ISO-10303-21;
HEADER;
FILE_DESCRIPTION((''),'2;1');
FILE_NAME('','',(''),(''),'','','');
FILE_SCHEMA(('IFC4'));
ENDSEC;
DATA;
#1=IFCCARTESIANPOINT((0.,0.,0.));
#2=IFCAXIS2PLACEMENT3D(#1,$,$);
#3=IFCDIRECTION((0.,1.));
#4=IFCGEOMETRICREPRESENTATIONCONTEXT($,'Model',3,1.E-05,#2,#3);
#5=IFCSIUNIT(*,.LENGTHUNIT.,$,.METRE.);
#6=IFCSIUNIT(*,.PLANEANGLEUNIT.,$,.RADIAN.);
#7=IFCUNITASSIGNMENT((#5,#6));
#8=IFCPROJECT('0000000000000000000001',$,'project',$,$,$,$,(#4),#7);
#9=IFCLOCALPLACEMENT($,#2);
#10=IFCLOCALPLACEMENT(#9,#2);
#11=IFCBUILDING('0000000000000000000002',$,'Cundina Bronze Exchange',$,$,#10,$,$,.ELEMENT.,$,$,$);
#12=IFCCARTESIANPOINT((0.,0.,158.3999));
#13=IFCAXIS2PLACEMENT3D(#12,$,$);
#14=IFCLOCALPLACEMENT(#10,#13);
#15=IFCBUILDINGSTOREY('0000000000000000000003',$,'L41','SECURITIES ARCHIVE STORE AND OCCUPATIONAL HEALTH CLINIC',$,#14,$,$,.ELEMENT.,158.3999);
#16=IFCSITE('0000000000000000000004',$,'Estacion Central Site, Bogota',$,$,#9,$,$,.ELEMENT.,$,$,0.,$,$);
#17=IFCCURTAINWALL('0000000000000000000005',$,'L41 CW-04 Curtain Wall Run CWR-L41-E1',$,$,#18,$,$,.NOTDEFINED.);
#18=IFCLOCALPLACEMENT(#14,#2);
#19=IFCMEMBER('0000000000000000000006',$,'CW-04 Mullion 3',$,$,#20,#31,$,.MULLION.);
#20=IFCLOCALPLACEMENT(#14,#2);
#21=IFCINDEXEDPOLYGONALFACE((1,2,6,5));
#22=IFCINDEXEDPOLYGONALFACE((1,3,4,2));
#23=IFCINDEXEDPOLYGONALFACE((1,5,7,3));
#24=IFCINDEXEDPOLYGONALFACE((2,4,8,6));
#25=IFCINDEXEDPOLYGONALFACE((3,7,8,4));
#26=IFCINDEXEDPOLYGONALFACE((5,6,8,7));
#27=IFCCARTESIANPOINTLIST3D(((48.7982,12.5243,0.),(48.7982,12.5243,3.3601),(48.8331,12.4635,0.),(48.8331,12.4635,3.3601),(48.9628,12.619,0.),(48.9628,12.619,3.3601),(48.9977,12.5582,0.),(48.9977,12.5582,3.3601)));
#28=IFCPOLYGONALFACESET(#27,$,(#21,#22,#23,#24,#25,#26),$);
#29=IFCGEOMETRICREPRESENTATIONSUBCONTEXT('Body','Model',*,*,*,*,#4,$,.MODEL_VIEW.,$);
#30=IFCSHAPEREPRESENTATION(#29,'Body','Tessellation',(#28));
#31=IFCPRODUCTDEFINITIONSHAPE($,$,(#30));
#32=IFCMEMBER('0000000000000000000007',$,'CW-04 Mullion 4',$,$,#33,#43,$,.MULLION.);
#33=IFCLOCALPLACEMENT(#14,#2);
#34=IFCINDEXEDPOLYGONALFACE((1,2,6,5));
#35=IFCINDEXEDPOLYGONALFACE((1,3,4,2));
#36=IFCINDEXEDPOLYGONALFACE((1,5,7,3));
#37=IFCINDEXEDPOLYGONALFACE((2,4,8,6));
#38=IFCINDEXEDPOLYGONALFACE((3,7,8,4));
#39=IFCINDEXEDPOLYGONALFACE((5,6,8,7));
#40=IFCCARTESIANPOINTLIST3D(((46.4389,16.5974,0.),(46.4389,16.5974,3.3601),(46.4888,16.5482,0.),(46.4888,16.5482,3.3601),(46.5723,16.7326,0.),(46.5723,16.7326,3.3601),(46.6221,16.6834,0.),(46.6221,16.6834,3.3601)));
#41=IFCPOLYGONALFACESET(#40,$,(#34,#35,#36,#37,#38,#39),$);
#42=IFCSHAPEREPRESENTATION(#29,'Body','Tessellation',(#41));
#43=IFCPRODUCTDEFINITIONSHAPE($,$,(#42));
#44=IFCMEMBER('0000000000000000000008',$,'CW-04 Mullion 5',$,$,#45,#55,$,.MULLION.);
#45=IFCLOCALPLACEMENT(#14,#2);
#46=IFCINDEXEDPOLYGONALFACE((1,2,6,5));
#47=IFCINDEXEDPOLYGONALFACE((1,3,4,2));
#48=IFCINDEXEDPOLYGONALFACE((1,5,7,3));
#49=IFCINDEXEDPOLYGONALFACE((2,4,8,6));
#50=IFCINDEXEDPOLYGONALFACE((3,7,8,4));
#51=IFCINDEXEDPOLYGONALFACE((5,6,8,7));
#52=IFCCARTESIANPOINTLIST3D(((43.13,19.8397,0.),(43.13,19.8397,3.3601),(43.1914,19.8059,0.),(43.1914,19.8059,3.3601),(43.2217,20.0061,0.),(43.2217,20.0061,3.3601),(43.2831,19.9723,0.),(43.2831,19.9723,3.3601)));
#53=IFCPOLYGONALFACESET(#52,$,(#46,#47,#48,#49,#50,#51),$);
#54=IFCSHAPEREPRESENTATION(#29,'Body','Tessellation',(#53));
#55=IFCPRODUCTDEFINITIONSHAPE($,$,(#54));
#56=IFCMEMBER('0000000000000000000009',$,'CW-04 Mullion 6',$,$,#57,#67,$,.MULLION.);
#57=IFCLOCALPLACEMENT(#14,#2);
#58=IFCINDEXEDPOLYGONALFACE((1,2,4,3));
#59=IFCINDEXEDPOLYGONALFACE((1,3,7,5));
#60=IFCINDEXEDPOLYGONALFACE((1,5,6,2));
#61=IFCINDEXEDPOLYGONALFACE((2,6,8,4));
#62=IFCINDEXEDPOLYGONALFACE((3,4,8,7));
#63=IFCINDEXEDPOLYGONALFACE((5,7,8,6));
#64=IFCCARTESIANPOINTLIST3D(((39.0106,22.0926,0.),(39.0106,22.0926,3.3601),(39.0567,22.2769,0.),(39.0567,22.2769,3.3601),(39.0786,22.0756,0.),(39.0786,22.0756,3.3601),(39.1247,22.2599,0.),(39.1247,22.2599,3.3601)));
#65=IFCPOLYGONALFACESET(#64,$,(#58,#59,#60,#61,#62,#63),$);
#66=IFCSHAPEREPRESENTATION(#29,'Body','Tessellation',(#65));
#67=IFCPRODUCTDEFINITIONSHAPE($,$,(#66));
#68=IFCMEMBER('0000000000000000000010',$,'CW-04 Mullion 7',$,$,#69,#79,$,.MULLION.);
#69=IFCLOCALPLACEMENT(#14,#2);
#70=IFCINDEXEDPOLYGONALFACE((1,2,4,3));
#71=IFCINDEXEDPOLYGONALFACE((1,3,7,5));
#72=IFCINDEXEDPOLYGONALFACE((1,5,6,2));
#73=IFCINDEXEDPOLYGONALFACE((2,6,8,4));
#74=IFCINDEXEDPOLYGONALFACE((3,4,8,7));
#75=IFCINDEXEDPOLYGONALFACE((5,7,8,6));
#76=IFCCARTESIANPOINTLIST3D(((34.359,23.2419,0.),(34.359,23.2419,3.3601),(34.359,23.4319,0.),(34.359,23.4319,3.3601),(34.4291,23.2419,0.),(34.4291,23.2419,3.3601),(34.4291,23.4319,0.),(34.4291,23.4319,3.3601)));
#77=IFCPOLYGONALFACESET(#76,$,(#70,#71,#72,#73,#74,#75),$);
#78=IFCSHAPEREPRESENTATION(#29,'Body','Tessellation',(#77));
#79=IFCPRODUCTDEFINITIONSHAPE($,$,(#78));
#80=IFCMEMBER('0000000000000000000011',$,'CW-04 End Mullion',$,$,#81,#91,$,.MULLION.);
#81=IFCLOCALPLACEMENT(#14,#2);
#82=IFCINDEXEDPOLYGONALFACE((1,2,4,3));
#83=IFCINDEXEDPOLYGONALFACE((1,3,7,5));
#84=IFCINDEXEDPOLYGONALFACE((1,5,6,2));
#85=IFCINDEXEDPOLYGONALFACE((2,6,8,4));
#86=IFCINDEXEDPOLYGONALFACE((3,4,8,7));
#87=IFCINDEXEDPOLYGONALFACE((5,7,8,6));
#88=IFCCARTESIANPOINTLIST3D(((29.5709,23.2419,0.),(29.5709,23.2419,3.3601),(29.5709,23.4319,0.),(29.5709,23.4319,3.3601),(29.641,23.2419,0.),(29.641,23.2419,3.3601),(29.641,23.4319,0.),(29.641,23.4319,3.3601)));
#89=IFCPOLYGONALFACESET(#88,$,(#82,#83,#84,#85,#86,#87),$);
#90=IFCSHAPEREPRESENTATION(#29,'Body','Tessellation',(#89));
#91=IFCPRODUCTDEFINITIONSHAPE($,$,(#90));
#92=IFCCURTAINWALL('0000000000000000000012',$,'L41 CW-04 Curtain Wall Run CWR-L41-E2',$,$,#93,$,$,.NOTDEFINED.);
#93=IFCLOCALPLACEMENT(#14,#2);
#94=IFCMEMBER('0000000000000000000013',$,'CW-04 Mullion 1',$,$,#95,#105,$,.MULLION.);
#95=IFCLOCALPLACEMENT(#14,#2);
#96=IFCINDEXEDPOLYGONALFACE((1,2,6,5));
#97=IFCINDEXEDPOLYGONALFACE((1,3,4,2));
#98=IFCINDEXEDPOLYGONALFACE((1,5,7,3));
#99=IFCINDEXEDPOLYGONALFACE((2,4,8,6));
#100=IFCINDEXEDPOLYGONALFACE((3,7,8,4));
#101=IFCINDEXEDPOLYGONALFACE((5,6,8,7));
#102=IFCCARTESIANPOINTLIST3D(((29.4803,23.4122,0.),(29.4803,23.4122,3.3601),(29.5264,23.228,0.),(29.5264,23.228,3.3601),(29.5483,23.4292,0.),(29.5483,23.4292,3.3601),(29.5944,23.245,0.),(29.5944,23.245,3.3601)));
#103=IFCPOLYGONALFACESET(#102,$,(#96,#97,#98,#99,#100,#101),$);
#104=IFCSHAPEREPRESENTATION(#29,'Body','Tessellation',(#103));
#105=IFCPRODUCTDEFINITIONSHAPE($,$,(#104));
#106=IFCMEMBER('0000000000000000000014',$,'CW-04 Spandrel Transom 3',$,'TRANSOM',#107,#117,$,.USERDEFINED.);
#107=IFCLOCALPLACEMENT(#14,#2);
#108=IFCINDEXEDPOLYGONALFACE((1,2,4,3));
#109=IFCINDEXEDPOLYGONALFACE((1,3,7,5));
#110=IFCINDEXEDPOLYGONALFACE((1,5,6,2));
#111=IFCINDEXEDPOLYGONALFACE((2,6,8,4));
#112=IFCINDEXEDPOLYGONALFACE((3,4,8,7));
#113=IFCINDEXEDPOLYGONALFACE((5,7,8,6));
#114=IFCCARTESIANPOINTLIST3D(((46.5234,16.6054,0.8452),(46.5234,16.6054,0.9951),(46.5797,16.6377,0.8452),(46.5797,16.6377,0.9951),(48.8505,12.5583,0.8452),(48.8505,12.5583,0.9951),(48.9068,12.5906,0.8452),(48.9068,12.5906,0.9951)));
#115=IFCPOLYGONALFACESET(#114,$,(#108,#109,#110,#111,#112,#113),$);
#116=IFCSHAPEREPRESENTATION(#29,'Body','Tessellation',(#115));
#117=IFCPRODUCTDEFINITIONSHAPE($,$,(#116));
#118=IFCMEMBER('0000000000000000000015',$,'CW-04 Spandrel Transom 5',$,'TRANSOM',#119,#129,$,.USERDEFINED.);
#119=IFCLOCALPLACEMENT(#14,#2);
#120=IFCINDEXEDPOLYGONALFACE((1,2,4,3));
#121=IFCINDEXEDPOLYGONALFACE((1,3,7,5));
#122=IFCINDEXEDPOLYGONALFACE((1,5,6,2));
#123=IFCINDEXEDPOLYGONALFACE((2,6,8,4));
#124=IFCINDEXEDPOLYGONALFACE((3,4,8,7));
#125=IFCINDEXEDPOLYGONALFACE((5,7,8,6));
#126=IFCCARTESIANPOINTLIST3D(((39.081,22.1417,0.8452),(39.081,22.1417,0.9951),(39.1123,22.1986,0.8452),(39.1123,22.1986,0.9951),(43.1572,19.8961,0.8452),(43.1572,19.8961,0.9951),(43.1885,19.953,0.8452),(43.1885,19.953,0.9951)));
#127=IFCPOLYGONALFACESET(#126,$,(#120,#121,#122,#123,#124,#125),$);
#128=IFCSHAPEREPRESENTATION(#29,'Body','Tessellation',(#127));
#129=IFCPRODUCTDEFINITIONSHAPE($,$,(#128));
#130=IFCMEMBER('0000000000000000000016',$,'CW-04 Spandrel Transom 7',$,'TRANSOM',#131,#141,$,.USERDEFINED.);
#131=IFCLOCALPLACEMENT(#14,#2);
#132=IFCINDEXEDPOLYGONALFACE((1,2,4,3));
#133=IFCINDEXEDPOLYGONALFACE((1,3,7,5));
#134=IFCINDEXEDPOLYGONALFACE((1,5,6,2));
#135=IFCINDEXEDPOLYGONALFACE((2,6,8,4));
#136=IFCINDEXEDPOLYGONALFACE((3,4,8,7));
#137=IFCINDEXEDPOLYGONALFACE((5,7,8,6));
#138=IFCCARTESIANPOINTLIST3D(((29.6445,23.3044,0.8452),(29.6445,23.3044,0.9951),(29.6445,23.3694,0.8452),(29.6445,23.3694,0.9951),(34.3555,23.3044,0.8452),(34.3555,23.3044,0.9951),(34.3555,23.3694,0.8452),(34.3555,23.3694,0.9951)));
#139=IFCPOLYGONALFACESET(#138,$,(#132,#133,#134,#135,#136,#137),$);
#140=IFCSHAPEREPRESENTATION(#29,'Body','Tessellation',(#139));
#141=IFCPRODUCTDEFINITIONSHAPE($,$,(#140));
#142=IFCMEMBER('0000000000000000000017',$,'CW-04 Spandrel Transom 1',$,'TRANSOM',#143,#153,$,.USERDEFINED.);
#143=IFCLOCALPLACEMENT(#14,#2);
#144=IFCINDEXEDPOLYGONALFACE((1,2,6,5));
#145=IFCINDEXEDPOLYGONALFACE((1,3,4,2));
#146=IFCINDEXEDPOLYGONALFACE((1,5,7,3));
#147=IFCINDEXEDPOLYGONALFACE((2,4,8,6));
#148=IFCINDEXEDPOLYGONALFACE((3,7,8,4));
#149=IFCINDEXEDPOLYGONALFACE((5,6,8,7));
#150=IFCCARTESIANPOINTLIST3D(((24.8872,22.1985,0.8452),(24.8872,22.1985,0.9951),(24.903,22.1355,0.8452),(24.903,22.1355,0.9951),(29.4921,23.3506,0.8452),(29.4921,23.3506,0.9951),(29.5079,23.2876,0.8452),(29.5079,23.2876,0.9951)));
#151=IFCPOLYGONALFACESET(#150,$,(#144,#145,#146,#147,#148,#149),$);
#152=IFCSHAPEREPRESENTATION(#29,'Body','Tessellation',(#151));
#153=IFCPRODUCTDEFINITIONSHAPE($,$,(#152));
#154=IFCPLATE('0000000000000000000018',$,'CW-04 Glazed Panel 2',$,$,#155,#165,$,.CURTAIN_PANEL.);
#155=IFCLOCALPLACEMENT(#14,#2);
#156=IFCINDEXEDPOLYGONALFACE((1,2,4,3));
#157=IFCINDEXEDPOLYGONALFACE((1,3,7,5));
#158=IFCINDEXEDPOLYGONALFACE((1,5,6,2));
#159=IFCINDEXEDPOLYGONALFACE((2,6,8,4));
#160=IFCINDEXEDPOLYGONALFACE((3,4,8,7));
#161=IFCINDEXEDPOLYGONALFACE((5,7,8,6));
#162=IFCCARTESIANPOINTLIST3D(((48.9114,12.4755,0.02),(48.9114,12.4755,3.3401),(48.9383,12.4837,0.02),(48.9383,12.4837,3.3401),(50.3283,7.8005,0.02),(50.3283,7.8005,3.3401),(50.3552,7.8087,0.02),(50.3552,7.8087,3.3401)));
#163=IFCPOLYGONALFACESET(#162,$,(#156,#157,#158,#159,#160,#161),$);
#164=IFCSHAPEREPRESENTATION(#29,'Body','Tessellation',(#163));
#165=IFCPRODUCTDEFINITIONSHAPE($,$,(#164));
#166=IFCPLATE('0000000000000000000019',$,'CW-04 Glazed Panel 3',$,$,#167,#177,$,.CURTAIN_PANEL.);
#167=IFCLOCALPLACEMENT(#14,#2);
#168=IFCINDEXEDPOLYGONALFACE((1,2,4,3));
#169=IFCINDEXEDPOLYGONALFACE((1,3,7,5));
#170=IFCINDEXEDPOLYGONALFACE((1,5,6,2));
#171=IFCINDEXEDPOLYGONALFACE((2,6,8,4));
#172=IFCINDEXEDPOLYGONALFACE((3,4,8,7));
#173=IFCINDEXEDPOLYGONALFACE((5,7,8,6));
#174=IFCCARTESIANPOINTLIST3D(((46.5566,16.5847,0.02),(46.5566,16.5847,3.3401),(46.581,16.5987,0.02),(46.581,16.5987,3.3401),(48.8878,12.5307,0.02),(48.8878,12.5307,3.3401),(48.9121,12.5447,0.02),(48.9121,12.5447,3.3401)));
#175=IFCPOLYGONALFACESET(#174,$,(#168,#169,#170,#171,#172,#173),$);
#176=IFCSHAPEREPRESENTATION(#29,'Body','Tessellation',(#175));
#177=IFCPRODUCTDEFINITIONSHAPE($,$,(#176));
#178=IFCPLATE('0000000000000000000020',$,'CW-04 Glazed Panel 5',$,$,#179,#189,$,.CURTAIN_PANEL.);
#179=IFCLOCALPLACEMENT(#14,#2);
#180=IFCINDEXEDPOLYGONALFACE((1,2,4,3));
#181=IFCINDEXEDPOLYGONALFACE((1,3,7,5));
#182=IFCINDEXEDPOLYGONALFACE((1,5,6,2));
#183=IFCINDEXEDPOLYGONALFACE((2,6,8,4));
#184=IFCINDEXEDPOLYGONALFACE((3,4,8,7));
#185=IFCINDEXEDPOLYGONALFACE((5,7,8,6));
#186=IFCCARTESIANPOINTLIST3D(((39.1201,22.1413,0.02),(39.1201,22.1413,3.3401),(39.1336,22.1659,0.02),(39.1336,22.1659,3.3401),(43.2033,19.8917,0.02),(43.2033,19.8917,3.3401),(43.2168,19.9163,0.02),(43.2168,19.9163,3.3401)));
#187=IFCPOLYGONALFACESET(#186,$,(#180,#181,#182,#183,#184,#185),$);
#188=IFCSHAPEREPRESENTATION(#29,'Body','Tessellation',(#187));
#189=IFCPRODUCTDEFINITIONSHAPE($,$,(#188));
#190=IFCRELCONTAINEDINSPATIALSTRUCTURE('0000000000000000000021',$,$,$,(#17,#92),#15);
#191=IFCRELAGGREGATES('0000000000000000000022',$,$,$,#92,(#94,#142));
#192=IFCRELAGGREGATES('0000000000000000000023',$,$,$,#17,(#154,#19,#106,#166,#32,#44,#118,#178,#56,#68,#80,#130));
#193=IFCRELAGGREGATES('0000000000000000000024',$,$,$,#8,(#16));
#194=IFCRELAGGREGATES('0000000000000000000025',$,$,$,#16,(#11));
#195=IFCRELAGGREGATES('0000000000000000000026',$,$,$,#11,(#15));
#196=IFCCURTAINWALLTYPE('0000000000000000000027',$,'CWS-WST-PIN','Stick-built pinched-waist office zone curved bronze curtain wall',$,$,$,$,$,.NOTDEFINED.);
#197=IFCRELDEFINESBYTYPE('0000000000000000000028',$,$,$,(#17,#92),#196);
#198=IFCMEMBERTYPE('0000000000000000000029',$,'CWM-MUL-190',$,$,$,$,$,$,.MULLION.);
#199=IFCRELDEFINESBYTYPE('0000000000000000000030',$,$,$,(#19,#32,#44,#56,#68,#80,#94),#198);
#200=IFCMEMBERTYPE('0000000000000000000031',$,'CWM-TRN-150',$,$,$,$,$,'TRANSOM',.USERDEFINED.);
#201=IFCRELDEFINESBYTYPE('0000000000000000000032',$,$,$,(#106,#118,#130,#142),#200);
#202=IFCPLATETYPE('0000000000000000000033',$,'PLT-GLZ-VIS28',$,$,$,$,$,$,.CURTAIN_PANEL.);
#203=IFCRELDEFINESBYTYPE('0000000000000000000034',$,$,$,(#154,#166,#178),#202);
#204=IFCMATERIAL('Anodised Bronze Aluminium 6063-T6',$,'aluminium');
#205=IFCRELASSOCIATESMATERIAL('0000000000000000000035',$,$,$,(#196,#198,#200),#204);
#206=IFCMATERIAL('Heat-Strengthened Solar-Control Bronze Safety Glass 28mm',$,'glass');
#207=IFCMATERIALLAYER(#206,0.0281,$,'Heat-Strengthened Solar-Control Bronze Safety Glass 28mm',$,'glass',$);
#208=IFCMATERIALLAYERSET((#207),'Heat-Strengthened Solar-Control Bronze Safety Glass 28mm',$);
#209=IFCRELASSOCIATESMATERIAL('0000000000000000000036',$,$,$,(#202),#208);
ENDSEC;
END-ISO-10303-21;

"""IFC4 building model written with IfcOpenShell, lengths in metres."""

from ifc_helpers import new_model, si_unit, direction, frame, origin, origin_2d, place, context, subcontext, project, spatial, rectangle, extrude, material, layer, layer_set, material_profile, profile_set, type_object, element, aggregate, save


model = new_model("IFC4")

# Units and contexts
model_context = context("Model", 3, precision=1e-05, world=origin(), true_north=direction((0.0, 1.0)))
body_context = subcontext(model_context, "Body", "Model", "MODEL_VIEW")
ifc_project = project(units=[si_unit("LENGTHUNIT", "METRE"), si_unit("PLANEANGLEUNIT", "RADIAN")], contexts=[model_context])

# Site, building, storey
site_placement = place(None, origin())
site = spatial("IfcSite", under=ifc_project, at=site_placement, Name="Estacion Central Site, Bogota", CompositionType="ELEMENT", RefElevation=0.0)
building_placement = place(site_placement, origin())
building = spatial("IfcBuilding", under=site, at=building_placement, Name="Cundina Bronze Exchange", CompositionType="ELEMENT")
storey_placement = place(building_placement, frame((0.0, 0.0, 158.3999)))
storey = spatial("IfcBuildingStorey", under=building, at=storey_placement, Name="L41", Description="SECURITIES ARCHIVE STORE AND OCCUPATIONAL HEALTH CLINIC", CompositionType="ELEMENT", Elevation=158.3999)

# Curtain wall, members
ifc_material_1 = material(Name="Anodised Bronze Aluminium 6063-T6", Category="aluminium")
curtain_wall_type = type_object("IfcCurtainWallType", Name="CWS-WST-PIN", Description="Stick-built pinched-waist office zone curved bronze curtain wall", PredefinedType="NOTDEFINED", material=ifc_material_1)
curtain_wall_1_placement = place(storey_placement, origin())
curtain_wall_1 = element("IfcCurtainWall", 1, at=curtain_wall_1_placement, inside=storey, type_object=curtain_wall_type, Name="L41 CW-04 Curtain Wall Run CWR-L41-E1", PredefinedType="NOTDEFINED")
ifc_material_profile_1 = material_profile(ifc_material_1, rectangle(XDim=0.0701, YDim=0.1899, at=origin_2d()), Name="AL70X190", Category="aluminium")
ifc_profile_set_1 = profile_set([ifc_material_profile_1], Name="Anodised Bronze Aluminium 6063-T6")
member_type_1 = type_object("IfcMemberType", Name="CWM-MUL-190", PredefinedType="MULLION", material=ifc_profile_set_1)
member_1_placement = place(storey_placement, frame((48.8979, 12.5413, 0.0), z_axis=(0.0, 0.0, 1.0), x_axis=(-0.498488, 0.866897, 0.0)))
member_1 = element("IfcMember", 2, at=member_1_placement, type_object=member_type_1, Name="CW-04 Mullion 3", PredefinedType="MULLION", context=body_context, shape_type="SweptSolid", body=[
    extrude(rectangle(XDim=0.0701, YDim=0.1899, at=origin_2d()), origin(), (0.0, 0.0, 1.0), 3.3601),
])
member_2_placement = place(storey_placement, frame((46.5305, 16.6404, 0.0), z_axis=(0.0, 0.0, 1.0), x_axis=(-0.712026, 0.702153, 0.0)))
member_2 = element("IfcMember", 3, at=member_2_placement, type_object=member_type_1, Name="CW-04 Mullion 4", PredefinedType="MULLION", context=body_context, shape_type="SweptSolid", body=[
    extrude(rectangle(XDim=0.0701, YDim=0.1899, at=origin_2d()), origin(), (0.0, 0.0, 1.0), 3.3601),
])
member_3_placement = place(storey_placement, frame((43.2065, 19.906, 0.0), z_axis=(0.0, 0.0, 1.0), x_axis=(-0.875886, 0.482518, 0.0)))
member_3 = element("IfcMember", 4, at=member_3_placement, type_object=member_type_1, Name="CW-04 Mullion 5", PredefinedType="MULLION", context=body_context, shape_type="SweptSolid", body=[
    extrude(rectangle(XDim=0.0701, YDim=0.1899, at=origin_2d()), origin(), (0.0, 0.0, 1.0), 3.3601),
])
member_4_placement = place(storey_placement, frame((39.0676, 22.1763, 0.0), z_axis=(0.0, 0.0, 1.0), x_axis=(-0.970084, 0.242769, 0.0)))
member_4 = element("IfcMember", 5, at=member_4_placement, type_object=member_type_1, Name="CW-04 Mullion 6", PredefinedType="MULLION", context=body_context, shape_type="SweptSolid", body=[
    extrude(rectangle(XDim=0.0701, YDim=0.1899, at=origin_2d()), origin(), (0.0, 0.0, 1.0), 3.3601),
])
member_5_placement = place(storey_placement, frame((34.394, 23.3369, 0.0), z_axis=(0.0, 0.0, 1.0), x_axis=(-1.0, 0.0, 0.0)))
member_5 = element("IfcMember", 6, at=member_5_placement, type_object=member_type_1, Name="CW-04 Mullion 7", PredefinedType="MULLION", context=body_context, shape_type="SweptSolid", body=[
    extrude(rectangle(XDim=0.0701, YDim=0.1899, at=origin_2d()), origin(), (0.0, 0.0, 1.0), 3.3601),
])
member_6_placement = place(storey_placement, frame((29.606, 23.3369, 0.0), z_axis=(0.0, 0.0, 1.0), x_axis=(-1.0, 0.0, 0.0)))
member_6 = element("IfcMember", 7, at=member_6_placement, type_object=member_type_1, Name="CW-04 End Mullion", PredefinedType="MULLION", context=body_context, shape_type="SweptSolid", body=[
    extrude(rectangle(XDim=0.0701, YDim=0.1899, at=origin_2d()), origin(), (0.0, 0.0, 1.0), 3.3601),
])

# Curtain wall, member
curtain_wall_2_placement = place(storey_placement, origin())
curtain_wall_2 = element("IfcCurtainWall", 8, at=curtain_wall_2_placement, inside=storey, type_object=curtain_wall_type, Name="L41 CW-04 Curtain Wall Run CWR-L41-E2", PredefinedType="NOTDEFINED")
member_7_placement = place(storey_placement, frame((29.5374, 23.3286, 0.0), z_axis=(0.0, 0.0, 1.0), x_axis=(-0.970084, -0.242769, 0.0)))
member_7 = element("IfcMember", 9, at=member_7_placement, type_object=member_type_1, Name="CW-04 Mullion 1", PredefinedType="MULLION", context=body_context, shape_type="SweptSolid", body=[
    extrude(rectangle(XDim=0.0701, YDim=0.1899, at=origin_2d()), origin(), (0.0, 0.0, 1.0), 3.3601),
])

# Members
ifc_material_profile_2 = material_profile(ifc_material_1, rectangle(XDim=0.0649, YDim=0.1499, at=origin_2d()), Name="AL65X150", Category="aluminium")
ifc_profile_set_2 = profile_set([ifc_material_profile_2], Name="Anodised Bronze Aluminium 6063-T6")
member_type_2 = type_object("IfcMemberType", Name="CWM-TRN-150", ElementType="TRANSOM", PredefinedType="USERDEFINED", material=ifc_profile_set_2)
member_8_placement = place(storey_placement, frame((48.8787, 12.5745, 0.9202), z_axis=(-0.49848, 0.866901, 0.0), x_axis=(-0.866901, -0.49848, 0.0)))
member_8 = element("IfcMember", 10, at=member_8_placement, type_object=member_type_2, Name="CW-04 Spandrel Transom 3", ObjectType="TRANSOM", PredefinedType="USERDEFINED", context=body_context, shape_type="SweptSolid", body=[
    extrude(rectangle(XDim=0.0649, YDim=0.1499, at=origin_2d()), origin(), (0.0, 0.0, 1.0), 4.6685),
])
member_9_placement = place(storey_placement, frame((43.1729, 19.9246, 0.9202), z_axis=(-0.875879, 0.482531, 0.0), x_axis=(-0.482531, -0.875879, 0.0)))
member_9 = element("IfcMember", 11, at=member_9_placement, type_object=member_type_2, Name="CW-04 Spandrel Transom 5", ObjectType="TRANSOM", PredefinedType="USERDEFINED", context=body_context, shape_type="SweptSolid", body=[
    extrude(rectangle(XDim=0.0649, YDim=0.1499, at=origin_2d()), origin(), (0.0, 0.0, 1.0), 4.6538),
])
member_10_placement = place(storey_placement, frame((34.3555, 23.3369, 0.9202), z_axis=(-1.0, 0.0, 0.0), x_axis=(0.0, -1.0, 0.0)))
member_10 = element("IfcMember", 12, at=member_10_placement, type_object=member_type_2, Name="CW-04 Spandrel Transom 7", ObjectType="TRANSOM", PredefinedType="USERDEFINED", context=body_context, shape_type="SweptSolid", body=[
    extrude(rectangle(XDim=0.0649, YDim=0.1499, at=origin_2d()), origin(), (0.0, 0.0, 1.0), 4.7109),
])
member_11_placement = place(storey_placement, frame((29.5, 23.3191, 0.9202), z_axis=(-0.9701, -0.242705, 0.0), x_axis=(0.242705, -0.9701, 0.0)))
member_11 = element("IfcMember", 13, at=member_11_placement, type_object=member_type_2, Name="CW-04 Spandrel Transom 1", ObjectType="TRANSOM", PredefinedType="USERDEFINED", context=body_context, shape_type="SweptSolid", body=[
    extrude(rectangle(XDim=0.0649, YDim=0.1499, at=origin_2d()), origin(), (0.0, 0.0, 1.0), 4.7468),
])
aggregate(curtain_wall_2, [member_7, member_11])

# Plates
ifc_material_2 = material(Name="Heat-Strengthened Solar-Control Bronze Safety Glass 28mm", Category="glass")
ifc_layer_1 = layer(ifc_material_2, 0.0281, Name="Heat-Strengthened Solar-Control Bronze Safety Glass 28mm", Category="glass")
ifc_layer_set_1 = layer_set([ifc_layer_1], Name="Heat-Strengthened Solar-Control Bronze Safety Glass 28mm")
plate_type_1 = type_object("IfcPlateType", Name="PLT-GLZ-VIS28", PredefinedType="CURTAIN_PANEL", material=ifc_layer_set_1)
plate_1_placement = place(storey_placement, frame((49.6333, 10.1421, 0.02), z_axis=(0.0, 0.0, 1.0), x_axis=(-0.290051, 0.957011, 0.0)))
plate_1 = element("IfcPlate", 14, at=plate_1_placement, type_object=plate_type_1, Name="CW-04 Glazed Panel 2", PredefinedType="CURTAIN_PANEL", context=body_context, shape_type="SweptSolid", body=[
    extrude(rectangle(XDim=4.885, YDim=0.0281, at=origin_2d()), origin(), (0.0, 0.0, 1.0), 3.3201),
])
plate_2_placement = place(storey_placement, frame((47.7344, 14.5647, 0.02), z_axis=(0.0, 0.0, 1.0), x_axis=(-0.498488, 0.866897, 0.0)))
plate_2 = element("IfcPlate", 15, at=plate_2_placement, type_object=plate_type_1, Name="CW-04 Glazed Panel 3", PredefinedType="CURTAIN_PANEL", context=body_context, shape_type="SweptSolid", body=[
    extrude(rectangle(XDim=4.6765, YDim=0.0281, at=origin_2d()), origin(), (0.0, 0.0, 1.0), 3.3201),
])
plate_3_placement = place(storey_placement, frame((41.1685, 21.0288, 0.02), z_axis=(0.0, 0.0, 1.0), x_axis=(-0.875869, 0.482549, 0.0)))
plate_3 = element("IfcPlate", 16, at=plate_3_placement, type_object=plate_type_1, Name="CW-04 Glazed Panel 5", PredefinedType="CURTAIN_PANEL", context=body_context, shape_type="SweptSolid", body=[
    extrude(rectangle(XDim=4.6619, YDim=0.0281, at=origin_2d()), origin(), (0.0, 0.0, 1.0), 3.3201),
])
aggregate(curtain_wall_1, [plate_1, member_1, member_8, plate_2, member_2, member_3, member_9, plate_3, member_4, member_5, member_6, member_10])

save(model, "model.ifc")
